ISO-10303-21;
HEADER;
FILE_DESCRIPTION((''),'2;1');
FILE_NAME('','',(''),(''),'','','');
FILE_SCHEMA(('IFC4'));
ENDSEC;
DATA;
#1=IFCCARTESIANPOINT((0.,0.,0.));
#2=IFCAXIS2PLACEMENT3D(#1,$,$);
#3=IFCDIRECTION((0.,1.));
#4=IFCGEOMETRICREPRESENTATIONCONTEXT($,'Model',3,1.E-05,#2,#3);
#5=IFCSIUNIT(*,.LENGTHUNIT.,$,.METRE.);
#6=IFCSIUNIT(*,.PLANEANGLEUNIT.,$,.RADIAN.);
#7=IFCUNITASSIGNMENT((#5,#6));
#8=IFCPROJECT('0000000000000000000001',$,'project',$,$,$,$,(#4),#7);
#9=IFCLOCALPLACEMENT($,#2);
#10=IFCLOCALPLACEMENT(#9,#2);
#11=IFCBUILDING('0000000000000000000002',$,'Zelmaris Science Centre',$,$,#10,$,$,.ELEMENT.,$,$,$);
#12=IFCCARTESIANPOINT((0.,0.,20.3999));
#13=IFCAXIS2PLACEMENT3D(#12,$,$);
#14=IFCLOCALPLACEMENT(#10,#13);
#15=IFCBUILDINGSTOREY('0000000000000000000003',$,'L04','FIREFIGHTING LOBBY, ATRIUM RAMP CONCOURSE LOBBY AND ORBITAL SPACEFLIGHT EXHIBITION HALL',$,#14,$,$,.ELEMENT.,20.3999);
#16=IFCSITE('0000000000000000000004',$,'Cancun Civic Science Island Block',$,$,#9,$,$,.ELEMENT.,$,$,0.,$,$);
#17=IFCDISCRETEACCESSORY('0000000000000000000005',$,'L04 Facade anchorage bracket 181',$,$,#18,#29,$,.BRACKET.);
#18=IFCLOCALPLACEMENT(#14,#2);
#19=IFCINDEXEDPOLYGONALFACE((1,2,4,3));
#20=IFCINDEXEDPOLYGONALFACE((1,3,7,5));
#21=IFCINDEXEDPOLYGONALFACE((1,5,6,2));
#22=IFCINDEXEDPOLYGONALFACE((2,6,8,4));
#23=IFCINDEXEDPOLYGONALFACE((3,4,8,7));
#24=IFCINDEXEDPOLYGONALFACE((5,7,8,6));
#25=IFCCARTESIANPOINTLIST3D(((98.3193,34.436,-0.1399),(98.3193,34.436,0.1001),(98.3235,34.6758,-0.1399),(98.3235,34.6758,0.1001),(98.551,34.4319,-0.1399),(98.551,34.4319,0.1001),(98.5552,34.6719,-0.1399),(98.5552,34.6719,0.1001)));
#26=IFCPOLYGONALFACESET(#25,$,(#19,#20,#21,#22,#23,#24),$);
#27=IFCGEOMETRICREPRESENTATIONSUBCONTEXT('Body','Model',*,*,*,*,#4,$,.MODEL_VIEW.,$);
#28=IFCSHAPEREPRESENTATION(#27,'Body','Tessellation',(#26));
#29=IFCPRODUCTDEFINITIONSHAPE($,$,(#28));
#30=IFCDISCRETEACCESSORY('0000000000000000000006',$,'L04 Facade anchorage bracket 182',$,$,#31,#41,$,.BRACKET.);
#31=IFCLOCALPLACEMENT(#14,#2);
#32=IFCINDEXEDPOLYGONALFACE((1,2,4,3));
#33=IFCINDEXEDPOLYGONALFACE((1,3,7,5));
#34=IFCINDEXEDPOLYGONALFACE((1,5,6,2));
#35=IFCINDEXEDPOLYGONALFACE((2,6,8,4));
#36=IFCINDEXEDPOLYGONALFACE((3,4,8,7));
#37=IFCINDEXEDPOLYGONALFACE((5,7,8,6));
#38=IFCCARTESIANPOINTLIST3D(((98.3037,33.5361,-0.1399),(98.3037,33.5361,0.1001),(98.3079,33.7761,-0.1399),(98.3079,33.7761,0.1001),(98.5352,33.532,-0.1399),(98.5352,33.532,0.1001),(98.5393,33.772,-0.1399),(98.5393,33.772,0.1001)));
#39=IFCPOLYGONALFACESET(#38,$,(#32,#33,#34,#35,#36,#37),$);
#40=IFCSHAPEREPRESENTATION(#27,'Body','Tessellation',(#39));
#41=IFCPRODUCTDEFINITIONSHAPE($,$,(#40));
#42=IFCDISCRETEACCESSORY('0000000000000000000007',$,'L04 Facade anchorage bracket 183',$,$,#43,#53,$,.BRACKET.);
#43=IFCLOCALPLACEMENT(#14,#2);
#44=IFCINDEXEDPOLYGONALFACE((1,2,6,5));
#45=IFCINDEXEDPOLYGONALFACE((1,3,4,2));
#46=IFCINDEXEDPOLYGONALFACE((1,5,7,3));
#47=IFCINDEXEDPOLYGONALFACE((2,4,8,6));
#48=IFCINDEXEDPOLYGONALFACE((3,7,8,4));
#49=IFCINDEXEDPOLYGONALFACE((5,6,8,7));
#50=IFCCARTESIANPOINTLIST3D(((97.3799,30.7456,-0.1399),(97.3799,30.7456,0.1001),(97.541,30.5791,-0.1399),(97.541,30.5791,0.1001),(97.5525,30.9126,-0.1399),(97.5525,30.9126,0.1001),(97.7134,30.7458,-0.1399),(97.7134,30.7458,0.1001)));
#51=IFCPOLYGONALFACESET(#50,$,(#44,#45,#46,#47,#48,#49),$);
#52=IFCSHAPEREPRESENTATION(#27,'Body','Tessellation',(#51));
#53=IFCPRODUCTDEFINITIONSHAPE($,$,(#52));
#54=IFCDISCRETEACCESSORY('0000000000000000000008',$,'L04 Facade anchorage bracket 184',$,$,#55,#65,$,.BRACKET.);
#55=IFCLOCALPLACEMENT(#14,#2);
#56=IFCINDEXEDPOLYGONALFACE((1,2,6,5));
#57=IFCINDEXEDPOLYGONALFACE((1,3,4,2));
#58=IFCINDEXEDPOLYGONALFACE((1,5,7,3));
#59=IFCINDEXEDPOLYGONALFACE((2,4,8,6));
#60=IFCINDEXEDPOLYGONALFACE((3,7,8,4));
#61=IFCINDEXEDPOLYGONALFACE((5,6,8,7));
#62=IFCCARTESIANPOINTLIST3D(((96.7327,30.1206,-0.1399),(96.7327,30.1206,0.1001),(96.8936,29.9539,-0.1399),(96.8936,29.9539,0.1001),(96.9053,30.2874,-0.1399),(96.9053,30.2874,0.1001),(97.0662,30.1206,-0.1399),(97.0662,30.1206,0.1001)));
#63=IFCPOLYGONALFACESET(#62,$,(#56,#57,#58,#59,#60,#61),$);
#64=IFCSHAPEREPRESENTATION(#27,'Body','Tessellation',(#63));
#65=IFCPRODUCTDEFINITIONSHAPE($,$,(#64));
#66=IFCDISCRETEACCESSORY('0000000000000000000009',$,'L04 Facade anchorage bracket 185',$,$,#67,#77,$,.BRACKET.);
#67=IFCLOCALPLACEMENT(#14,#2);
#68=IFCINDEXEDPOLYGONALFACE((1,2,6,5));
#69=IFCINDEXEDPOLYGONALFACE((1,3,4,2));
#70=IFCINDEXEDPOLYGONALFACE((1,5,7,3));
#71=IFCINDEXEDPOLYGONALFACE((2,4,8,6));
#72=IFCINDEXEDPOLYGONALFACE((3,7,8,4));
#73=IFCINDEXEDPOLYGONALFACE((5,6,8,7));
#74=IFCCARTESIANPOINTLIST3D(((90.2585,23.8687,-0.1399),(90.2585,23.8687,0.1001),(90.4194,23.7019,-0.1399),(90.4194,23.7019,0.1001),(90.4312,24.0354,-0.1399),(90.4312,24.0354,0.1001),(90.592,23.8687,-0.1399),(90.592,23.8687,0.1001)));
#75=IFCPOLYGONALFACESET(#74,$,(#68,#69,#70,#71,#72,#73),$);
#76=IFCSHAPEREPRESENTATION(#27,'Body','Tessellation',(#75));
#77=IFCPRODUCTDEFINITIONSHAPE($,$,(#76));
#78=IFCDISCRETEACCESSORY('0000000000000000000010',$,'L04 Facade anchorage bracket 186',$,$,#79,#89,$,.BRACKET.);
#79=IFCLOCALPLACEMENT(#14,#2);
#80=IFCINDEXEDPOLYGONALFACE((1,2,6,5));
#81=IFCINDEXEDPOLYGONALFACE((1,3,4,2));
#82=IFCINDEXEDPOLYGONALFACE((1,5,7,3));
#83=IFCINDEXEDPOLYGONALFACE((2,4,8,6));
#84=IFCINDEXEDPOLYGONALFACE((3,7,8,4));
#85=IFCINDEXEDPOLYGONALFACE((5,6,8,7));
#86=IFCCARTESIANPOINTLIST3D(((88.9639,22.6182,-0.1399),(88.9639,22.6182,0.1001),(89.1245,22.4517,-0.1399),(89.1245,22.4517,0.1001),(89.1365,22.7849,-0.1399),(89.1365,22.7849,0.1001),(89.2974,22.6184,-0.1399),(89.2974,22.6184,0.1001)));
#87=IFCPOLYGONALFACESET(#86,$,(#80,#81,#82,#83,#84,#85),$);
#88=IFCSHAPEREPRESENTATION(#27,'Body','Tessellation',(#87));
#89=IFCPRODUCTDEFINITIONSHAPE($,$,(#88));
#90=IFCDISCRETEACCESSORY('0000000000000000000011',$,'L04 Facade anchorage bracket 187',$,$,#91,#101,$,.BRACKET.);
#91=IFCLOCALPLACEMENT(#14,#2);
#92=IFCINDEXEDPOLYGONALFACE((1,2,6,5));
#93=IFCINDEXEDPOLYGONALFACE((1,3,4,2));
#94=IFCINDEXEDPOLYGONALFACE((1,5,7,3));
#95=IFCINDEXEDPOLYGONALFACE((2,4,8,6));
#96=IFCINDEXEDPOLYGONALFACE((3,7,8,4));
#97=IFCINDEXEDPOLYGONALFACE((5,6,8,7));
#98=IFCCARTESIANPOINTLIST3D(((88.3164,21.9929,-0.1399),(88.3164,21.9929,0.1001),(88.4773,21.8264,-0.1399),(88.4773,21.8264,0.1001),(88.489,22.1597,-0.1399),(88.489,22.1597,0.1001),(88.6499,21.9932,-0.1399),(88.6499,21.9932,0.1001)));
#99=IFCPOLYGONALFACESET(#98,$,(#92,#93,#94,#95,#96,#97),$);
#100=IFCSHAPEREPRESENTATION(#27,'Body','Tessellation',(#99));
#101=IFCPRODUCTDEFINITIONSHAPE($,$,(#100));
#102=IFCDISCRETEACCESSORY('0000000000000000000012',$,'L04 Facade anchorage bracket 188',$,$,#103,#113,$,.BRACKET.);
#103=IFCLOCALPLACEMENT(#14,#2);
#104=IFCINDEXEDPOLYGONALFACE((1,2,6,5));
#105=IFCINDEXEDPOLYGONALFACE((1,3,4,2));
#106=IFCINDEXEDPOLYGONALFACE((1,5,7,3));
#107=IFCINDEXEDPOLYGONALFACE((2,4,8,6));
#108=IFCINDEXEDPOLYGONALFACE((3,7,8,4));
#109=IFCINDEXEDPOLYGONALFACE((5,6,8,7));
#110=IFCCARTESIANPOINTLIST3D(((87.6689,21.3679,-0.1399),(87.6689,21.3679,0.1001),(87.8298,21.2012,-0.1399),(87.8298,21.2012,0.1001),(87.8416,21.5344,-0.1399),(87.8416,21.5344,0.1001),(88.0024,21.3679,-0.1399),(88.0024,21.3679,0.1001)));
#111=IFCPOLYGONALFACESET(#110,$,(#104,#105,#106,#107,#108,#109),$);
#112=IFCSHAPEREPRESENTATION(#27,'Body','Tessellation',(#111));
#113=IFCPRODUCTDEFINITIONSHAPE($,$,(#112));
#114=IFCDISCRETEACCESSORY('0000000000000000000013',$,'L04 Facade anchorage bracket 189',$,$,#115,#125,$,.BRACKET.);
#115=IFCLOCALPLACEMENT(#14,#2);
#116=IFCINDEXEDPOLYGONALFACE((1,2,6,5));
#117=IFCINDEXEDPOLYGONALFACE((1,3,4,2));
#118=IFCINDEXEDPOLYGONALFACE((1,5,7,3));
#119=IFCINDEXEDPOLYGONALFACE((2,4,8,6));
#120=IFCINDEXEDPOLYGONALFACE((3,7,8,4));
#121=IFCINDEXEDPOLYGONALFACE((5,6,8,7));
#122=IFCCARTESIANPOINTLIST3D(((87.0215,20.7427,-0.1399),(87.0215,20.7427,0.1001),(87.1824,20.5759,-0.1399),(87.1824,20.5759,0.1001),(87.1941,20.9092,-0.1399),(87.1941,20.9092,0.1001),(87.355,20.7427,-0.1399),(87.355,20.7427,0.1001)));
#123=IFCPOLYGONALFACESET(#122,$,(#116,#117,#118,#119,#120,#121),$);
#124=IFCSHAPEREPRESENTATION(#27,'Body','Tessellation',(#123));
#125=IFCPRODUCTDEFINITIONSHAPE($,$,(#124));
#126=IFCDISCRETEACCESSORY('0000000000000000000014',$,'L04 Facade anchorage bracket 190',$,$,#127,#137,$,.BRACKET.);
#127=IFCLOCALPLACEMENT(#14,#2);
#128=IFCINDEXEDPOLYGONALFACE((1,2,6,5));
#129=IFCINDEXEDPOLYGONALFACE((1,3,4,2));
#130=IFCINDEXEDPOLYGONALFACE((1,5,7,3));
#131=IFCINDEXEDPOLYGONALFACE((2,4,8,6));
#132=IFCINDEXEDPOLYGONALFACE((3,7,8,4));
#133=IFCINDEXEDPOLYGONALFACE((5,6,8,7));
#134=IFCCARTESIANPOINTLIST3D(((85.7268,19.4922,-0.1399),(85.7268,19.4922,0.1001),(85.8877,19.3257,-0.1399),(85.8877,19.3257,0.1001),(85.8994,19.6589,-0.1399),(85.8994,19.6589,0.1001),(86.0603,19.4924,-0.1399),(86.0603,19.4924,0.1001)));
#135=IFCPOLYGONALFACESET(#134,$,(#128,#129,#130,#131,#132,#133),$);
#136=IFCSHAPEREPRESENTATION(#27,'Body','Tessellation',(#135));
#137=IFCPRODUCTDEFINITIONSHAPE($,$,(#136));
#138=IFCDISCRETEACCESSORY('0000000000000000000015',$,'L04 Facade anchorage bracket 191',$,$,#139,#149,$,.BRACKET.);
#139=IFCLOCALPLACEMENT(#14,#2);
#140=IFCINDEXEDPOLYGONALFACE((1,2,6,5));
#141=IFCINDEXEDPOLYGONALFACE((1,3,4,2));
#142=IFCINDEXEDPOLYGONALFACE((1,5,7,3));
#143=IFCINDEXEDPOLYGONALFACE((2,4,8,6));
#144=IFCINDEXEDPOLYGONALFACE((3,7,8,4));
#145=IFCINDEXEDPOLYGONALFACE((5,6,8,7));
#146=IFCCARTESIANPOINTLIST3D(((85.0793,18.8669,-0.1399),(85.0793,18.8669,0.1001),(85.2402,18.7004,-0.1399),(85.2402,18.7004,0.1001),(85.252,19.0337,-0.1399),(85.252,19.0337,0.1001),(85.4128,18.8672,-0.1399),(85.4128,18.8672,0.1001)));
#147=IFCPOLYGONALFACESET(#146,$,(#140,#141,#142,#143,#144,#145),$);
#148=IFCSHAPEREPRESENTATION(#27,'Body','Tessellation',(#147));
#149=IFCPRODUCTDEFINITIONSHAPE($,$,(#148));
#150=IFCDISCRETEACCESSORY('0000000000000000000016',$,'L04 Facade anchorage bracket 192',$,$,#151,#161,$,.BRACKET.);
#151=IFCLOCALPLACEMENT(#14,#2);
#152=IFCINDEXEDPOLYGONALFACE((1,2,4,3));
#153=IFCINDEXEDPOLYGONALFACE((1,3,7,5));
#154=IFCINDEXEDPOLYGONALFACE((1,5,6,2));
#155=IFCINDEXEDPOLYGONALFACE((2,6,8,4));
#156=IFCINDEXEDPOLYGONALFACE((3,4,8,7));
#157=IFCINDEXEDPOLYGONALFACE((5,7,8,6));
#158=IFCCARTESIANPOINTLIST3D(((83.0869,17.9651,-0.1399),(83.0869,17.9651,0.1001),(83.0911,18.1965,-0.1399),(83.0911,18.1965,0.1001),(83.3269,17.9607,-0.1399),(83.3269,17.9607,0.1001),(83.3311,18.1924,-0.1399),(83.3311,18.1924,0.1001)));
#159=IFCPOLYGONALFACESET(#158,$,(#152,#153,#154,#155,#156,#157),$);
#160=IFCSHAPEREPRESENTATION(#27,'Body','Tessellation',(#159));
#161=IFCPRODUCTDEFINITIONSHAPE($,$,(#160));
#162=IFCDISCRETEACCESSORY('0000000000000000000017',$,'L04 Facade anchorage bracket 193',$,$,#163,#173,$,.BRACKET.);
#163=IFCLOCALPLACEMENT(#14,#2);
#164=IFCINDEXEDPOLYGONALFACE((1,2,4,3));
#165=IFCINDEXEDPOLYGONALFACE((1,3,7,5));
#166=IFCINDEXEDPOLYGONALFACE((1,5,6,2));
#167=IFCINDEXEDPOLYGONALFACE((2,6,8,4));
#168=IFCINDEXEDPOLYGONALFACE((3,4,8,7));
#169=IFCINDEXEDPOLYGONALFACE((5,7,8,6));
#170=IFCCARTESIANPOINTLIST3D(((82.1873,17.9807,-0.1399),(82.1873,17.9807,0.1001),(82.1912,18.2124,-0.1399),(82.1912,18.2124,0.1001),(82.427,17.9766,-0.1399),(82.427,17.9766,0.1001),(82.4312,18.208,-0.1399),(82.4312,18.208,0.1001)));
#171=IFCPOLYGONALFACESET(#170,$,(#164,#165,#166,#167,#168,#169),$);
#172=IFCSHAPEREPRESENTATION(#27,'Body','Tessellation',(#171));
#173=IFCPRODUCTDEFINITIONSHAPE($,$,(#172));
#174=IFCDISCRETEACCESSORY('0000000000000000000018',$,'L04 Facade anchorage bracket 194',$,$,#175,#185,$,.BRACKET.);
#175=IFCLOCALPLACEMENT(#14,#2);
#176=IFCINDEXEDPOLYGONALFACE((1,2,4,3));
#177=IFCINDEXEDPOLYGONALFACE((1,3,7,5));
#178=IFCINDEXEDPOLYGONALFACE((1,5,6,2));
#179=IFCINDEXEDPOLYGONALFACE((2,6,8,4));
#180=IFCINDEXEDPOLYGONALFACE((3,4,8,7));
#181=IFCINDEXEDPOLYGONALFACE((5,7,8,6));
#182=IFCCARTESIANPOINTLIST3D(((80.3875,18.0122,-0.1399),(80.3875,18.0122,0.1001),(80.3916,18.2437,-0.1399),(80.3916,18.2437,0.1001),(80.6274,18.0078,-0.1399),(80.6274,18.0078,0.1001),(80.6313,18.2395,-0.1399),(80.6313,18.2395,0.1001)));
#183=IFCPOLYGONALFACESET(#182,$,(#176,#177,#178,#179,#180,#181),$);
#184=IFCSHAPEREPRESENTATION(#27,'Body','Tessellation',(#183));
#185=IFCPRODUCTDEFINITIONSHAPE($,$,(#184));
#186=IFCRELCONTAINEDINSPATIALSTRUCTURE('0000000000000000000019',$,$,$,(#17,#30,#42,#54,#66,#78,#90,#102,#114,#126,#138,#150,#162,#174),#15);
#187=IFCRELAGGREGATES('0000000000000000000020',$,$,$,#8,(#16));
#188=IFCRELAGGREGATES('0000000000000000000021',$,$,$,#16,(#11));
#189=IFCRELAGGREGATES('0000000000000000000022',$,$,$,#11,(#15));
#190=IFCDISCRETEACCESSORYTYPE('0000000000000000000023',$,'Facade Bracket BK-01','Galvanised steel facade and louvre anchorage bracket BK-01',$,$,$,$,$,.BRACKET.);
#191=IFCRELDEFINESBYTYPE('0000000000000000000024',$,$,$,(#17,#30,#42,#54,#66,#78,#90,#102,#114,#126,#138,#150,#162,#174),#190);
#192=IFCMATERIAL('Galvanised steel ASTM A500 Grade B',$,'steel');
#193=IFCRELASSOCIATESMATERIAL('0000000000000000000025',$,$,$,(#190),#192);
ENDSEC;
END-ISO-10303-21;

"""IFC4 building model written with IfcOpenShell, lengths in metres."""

from ifc_helpers import new_model, si_unit, direction, frame, origin, place, context, subcontext, project, spatial, polyline, outline, extrude, material, type_object, element, save


model = new_model("IFC4")

# Units and contexts
model_context = context("Model", 3, precision=1e-05, world=origin(), true_north=direction((0.0, 1.0)))
body_context = subcontext(model_context, "Body", "Model", "MODEL_VIEW")
ifc_project = project(units=[si_unit("LENGTHUNIT", "METRE"), si_unit("PLANEANGLEUNIT", "RADIAN")], contexts=[model_context])

# Site, building, storey
site_placement = place(None, origin())
site = spatial("IfcSite", under=ifc_project, at=site_placement, Name="Cancun Civic Science Island Block", CompositionType="ELEMENT", RefElevation=0.0)
building_placement = place(site_placement, origin())
building = spatial("IfcBuilding", under=site, at=building_placement, Name="Zelmaris Science Centre", CompositionType="ELEMENT")
storey_placement = place(building_placement, frame((0.0, 0.0, 20.3999)))
storey = spatial("IfcBuildingStorey", under=building, at=storey_placement, Name="L04", Description="FIREFIGHTING LOBBY, ATRIUM RAMP CONCOURSE LOBBY AND ORBITAL SPACEFLIGHT EXHIBITION HALL", CompositionType="ELEMENT", Elevation=20.3999)

# Discrete accessories
ifc_material = material(Name="Galvanised steel ASTM A500 Grade B", Category="steel")
discrete_accessory_type = type_object("IfcDiscreteAccessoryType", Name="Facade Bracket BK-01", Description="Galvanised steel facade and louvre anchorage bracket BK-01", PredefinedType="BRACKET", material=ifc_material)
discrete_accessory_1_placement = place(storey_placement, frame((0.0, 0.0, -0.1399)))
element("IfcDiscreteAccessory", 1, at=discrete_accessory_1_placement, inside=storey, type_object=discrete_accessory_type, Name="L04 Facade anchorage bracket 181", PredefinedType="BRACKET", context=body_context, shape_type="SweptSolid", body=[
    extrude(outline(polyline([(98.3235, 34.6758), (98.3193, 34.436), (98.551, 34.4319), (98.5552, 34.6719), (98.3235, 34.6758)])), origin(), (0.0, 0.0, 1.0), 0.24),
])
discrete_accessory_2_placement = place(storey_placement, frame((0.0, 0.0, -0.1399)))
element("IfcDiscreteAccessory", 2, at=discrete_accessory_2_placement, inside=storey, type_object=discrete_accessory_type, Name="L04 Facade anchorage bracket 182", PredefinedType="BRACKET", context=body_context, shape_type="SweptSolid", body=[
    extrude(outline(polyline([(98.3079, 33.7761), (98.3037, 33.5361), (98.5352, 33.532), (98.5393, 33.772), (98.3079, 33.7761)])), origin(), (0.0, 0.0, 1.0), 0.24),
])
discrete_accessory_3_placement = place(storey_placement, frame((0.0, 0.0, -0.1399)))
element("IfcDiscreteAccessory", 3, at=discrete_accessory_3_placement, inside=storey, type_object=discrete_accessory_type, Name="L04 Facade anchorage bracket 183", PredefinedType="BRACKET", context=body_context, shape_type="SweptSolid", body=[
    extrude(outline(polyline([(97.5525, 30.9126), (97.3799, 30.7456), (97.541, 30.5791), (97.7134, 30.7458), (97.5525, 30.9126)])), origin(), (0.0, 0.0, 1.0), 0.24),
])
discrete_accessory_4_placement = place(storey_placement, frame((0.0, 0.0, -0.1399)))
element("IfcDiscreteAccessory", 4, at=discrete_accessory_4_placement, inside=storey, type_object=discrete_accessory_type, Name="L04 Facade anchorage bracket 184", PredefinedType="BRACKET", context=body_context, shape_type="SweptSolid", body=[
    extrude(outline(polyline([(96.9053, 30.2874), (96.7327, 30.1206), (96.8936, 29.9539), (97.0662, 30.1206), (96.9053, 30.2874)])), origin(), (0.0, 0.0, 1.0), 0.24),
])
discrete_accessory_5_placement = place(storey_placement, frame((0.0, 0.0, -0.1399)))
element("IfcDiscreteAccessory", 5, at=discrete_accessory_5_placement, inside=storey, type_object=discrete_accessory_type, Name="L04 Facade anchorage bracket 185", PredefinedType="BRACKET", context=body_context, shape_type="SweptSolid", body=[
    extrude(outline(polyline([(90.4312, 24.0354), (90.2585, 23.8687), (90.4194, 23.7019), (90.592, 23.8687), (90.4312, 24.0354)])), origin(), (0.0, 0.0, 1.0), 0.24),
])
discrete_accessory_6_placement = place(storey_placement, frame((0.0, 0.0, -0.1399)))
element("IfcDiscreteAccessory", 6, at=discrete_accessory_6_placement, inside=storey, type_object=discrete_accessory_type, Name="L04 Facade anchorage bracket 186", PredefinedType="BRACKET", context=body_context, shape_type="SweptSolid", body=[
    extrude(outline(polyline([(89.1365, 22.7849), (88.9639, 22.6182), (89.1245, 22.4517), (89.2974, 22.6184), (89.1365, 22.7849)])), origin(), (0.0, 0.0, 1.0), 0.24),
])
discrete_accessory_7_placement = place(storey_placement, frame((0.0, 0.0, -0.1399)))
element("IfcDiscreteAccessory", 7, at=discrete_accessory_7_placement, inside=storey, type_object=discrete_accessory_type, Name="L04 Facade anchorage bracket 187", PredefinedType="BRACKET", context=body_context, shape_type="SweptSolid", body=[
    extrude(outline(polyline([(88.489, 22.1597), (88.3164, 21.9929), (88.4773, 21.8264), (88.6499, 21.9932), (88.489, 22.1597)])), origin(), (0.0, 0.0, 1.0), 0.24),
])
discrete_accessory_8_placement = place(storey_placement, frame((0.0, 0.0, -0.1399)))
element("IfcDiscreteAccessory", 8, at=discrete_accessory_8_placement, inside=storey, type_object=discrete_accessory_type, Name="L04 Facade anchorage bracket 188", PredefinedType="BRACKET", context=body_context, shape_type="SweptSolid", body=[
    extrude(outline(polyline([(87.8416, 21.5344), (87.6689, 21.3679), (87.8298, 21.2012), (88.0024, 21.3679), (87.8416, 21.5344)])), origin(), (0.0, 0.0, 1.0), 0.24),
])
discrete_accessory_9_placement = place(storey_placement, frame((0.0, 0.0, -0.1399)))
element("IfcDiscreteAccessory", 9, at=discrete_accessory_9_placement, inside=storey, type_object=discrete_accessory_type, Name="L04 Facade anchorage bracket 189", PredefinedType="BRACKET", context=body_context, shape_type="SweptSolid", body=[
    extrude(outline(polyline([(87.1941, 20.9092), (87.0215, 20.7427), (87.1824, 20.5759), (87.355, 20.7427), (87.1941, 20.9092)])), origin(), (0.0, 0.0, 1.0), 0.24),
])
discrete_accessory_10_placement = place(storey_placement, frame((0.0, 0.0, -0.1399)))
element("IfcDiscreteAccessory", 10, at=discrete_accessory_10_placement, inside=storey, type_object=discrete_accessory_type, Name="L04 Facade anchorage bracket 190", PredefinedType="BRACKET", context=body_context, shape_type="SweptSolid", body=[
    extrude(outline(polyline([(85.8994, 19.6589), (85.7268, 19.4922), (85.8877, 19.3257), (86.0603, 19.4924), (85.8994, 19.6589)])), origin(), (0.0, 0.0, 1.0), 0.24),
])
discrete_accessory_11_placement = place(storey_placement, frame((0.0, 0.0, -0.1399)))
element("IfcDiscreteAccessory", 11, at=discrete_accessory_11_placement, inside=storey, type_object=discrete_accessory_type, Name="L04 Facade anchorage bracket 191", PredefinedType="BRACKET", context=body_context, shape_type="SweptSolid", body=[
    extrude(outline(polyline([(85.252, 19.0337), (85.0793, 18.8669), (85.2402, 18.7004), (85.4128, 18.8672), (85.252, 19.0337)])), origin(), (0.0, 0.0, 1.0), 0.24),
])
discrete_accessory_12_placement = place(storey_placement, frame((0.0, 0.0, -0.1399)))
element("IfcDiscreteAccessory", 12, at=discrete_accessory_12_placement, inside=storey, type_object=discrete_accessory_type, Name="L04 Facade anchorage bracket 192", PredefinedType="BRACKET", context=body_context, shape_type="SweptSolid", body=[
    extrude(outline(polyline([(83.3311, 18.1924), (83.0911, 18.1965), (83.0869, 17.9651), (83.3269, 17.9607), (83.3311, 18.1924)])), origin(), (0.0, 0.0, 1.0), 0.24),
])
discrete_accessory_13_placement = place(storey_placement, frame((0.0, 0.0, -0.1399)))
element("IfcDiscreteAccessory", 13, at=discrete_accessory_13_placement, inside=storey, type_object=discrete_accessory_type, Name="L04 Facade anchorage bracket 193", PredefinedType="BRACKET", context=body_context, shape_type="SweptSolid", body=[
    extrude(outline(polyline([(82.4312, 18.208), (82.1912, 18.2124), (82.1873, 17.9807), (82.427, 17.9766), (82.4312, 18.208)])), origin(), (0.0, 0.0, 1.0), 0.24),
])
discrete_accessory_14_placement = place(storey_placement, frame((0.0, 0.0, -0.1399)))
element("IfcDiscreteAccessory", 14, at=discrete_accessory_14_placement, inside=storey, type_object=discrete_accessory_type, Name="L04 Facade anchorage bracket 194", PredefinedType="BRACKET", context=body_context, shape_type="SweptSolid", body=[
    extrude(outline(polyline([(80.6313, 18.2395), (80.3916, 18.2437), (80.3875, 18.0122), (80.6274, 18.0078), (80.6313, 18.2395)])), origin(), (0.0, 0.0, 1.0), 0.24),
])

save(model, "model.ifc")
